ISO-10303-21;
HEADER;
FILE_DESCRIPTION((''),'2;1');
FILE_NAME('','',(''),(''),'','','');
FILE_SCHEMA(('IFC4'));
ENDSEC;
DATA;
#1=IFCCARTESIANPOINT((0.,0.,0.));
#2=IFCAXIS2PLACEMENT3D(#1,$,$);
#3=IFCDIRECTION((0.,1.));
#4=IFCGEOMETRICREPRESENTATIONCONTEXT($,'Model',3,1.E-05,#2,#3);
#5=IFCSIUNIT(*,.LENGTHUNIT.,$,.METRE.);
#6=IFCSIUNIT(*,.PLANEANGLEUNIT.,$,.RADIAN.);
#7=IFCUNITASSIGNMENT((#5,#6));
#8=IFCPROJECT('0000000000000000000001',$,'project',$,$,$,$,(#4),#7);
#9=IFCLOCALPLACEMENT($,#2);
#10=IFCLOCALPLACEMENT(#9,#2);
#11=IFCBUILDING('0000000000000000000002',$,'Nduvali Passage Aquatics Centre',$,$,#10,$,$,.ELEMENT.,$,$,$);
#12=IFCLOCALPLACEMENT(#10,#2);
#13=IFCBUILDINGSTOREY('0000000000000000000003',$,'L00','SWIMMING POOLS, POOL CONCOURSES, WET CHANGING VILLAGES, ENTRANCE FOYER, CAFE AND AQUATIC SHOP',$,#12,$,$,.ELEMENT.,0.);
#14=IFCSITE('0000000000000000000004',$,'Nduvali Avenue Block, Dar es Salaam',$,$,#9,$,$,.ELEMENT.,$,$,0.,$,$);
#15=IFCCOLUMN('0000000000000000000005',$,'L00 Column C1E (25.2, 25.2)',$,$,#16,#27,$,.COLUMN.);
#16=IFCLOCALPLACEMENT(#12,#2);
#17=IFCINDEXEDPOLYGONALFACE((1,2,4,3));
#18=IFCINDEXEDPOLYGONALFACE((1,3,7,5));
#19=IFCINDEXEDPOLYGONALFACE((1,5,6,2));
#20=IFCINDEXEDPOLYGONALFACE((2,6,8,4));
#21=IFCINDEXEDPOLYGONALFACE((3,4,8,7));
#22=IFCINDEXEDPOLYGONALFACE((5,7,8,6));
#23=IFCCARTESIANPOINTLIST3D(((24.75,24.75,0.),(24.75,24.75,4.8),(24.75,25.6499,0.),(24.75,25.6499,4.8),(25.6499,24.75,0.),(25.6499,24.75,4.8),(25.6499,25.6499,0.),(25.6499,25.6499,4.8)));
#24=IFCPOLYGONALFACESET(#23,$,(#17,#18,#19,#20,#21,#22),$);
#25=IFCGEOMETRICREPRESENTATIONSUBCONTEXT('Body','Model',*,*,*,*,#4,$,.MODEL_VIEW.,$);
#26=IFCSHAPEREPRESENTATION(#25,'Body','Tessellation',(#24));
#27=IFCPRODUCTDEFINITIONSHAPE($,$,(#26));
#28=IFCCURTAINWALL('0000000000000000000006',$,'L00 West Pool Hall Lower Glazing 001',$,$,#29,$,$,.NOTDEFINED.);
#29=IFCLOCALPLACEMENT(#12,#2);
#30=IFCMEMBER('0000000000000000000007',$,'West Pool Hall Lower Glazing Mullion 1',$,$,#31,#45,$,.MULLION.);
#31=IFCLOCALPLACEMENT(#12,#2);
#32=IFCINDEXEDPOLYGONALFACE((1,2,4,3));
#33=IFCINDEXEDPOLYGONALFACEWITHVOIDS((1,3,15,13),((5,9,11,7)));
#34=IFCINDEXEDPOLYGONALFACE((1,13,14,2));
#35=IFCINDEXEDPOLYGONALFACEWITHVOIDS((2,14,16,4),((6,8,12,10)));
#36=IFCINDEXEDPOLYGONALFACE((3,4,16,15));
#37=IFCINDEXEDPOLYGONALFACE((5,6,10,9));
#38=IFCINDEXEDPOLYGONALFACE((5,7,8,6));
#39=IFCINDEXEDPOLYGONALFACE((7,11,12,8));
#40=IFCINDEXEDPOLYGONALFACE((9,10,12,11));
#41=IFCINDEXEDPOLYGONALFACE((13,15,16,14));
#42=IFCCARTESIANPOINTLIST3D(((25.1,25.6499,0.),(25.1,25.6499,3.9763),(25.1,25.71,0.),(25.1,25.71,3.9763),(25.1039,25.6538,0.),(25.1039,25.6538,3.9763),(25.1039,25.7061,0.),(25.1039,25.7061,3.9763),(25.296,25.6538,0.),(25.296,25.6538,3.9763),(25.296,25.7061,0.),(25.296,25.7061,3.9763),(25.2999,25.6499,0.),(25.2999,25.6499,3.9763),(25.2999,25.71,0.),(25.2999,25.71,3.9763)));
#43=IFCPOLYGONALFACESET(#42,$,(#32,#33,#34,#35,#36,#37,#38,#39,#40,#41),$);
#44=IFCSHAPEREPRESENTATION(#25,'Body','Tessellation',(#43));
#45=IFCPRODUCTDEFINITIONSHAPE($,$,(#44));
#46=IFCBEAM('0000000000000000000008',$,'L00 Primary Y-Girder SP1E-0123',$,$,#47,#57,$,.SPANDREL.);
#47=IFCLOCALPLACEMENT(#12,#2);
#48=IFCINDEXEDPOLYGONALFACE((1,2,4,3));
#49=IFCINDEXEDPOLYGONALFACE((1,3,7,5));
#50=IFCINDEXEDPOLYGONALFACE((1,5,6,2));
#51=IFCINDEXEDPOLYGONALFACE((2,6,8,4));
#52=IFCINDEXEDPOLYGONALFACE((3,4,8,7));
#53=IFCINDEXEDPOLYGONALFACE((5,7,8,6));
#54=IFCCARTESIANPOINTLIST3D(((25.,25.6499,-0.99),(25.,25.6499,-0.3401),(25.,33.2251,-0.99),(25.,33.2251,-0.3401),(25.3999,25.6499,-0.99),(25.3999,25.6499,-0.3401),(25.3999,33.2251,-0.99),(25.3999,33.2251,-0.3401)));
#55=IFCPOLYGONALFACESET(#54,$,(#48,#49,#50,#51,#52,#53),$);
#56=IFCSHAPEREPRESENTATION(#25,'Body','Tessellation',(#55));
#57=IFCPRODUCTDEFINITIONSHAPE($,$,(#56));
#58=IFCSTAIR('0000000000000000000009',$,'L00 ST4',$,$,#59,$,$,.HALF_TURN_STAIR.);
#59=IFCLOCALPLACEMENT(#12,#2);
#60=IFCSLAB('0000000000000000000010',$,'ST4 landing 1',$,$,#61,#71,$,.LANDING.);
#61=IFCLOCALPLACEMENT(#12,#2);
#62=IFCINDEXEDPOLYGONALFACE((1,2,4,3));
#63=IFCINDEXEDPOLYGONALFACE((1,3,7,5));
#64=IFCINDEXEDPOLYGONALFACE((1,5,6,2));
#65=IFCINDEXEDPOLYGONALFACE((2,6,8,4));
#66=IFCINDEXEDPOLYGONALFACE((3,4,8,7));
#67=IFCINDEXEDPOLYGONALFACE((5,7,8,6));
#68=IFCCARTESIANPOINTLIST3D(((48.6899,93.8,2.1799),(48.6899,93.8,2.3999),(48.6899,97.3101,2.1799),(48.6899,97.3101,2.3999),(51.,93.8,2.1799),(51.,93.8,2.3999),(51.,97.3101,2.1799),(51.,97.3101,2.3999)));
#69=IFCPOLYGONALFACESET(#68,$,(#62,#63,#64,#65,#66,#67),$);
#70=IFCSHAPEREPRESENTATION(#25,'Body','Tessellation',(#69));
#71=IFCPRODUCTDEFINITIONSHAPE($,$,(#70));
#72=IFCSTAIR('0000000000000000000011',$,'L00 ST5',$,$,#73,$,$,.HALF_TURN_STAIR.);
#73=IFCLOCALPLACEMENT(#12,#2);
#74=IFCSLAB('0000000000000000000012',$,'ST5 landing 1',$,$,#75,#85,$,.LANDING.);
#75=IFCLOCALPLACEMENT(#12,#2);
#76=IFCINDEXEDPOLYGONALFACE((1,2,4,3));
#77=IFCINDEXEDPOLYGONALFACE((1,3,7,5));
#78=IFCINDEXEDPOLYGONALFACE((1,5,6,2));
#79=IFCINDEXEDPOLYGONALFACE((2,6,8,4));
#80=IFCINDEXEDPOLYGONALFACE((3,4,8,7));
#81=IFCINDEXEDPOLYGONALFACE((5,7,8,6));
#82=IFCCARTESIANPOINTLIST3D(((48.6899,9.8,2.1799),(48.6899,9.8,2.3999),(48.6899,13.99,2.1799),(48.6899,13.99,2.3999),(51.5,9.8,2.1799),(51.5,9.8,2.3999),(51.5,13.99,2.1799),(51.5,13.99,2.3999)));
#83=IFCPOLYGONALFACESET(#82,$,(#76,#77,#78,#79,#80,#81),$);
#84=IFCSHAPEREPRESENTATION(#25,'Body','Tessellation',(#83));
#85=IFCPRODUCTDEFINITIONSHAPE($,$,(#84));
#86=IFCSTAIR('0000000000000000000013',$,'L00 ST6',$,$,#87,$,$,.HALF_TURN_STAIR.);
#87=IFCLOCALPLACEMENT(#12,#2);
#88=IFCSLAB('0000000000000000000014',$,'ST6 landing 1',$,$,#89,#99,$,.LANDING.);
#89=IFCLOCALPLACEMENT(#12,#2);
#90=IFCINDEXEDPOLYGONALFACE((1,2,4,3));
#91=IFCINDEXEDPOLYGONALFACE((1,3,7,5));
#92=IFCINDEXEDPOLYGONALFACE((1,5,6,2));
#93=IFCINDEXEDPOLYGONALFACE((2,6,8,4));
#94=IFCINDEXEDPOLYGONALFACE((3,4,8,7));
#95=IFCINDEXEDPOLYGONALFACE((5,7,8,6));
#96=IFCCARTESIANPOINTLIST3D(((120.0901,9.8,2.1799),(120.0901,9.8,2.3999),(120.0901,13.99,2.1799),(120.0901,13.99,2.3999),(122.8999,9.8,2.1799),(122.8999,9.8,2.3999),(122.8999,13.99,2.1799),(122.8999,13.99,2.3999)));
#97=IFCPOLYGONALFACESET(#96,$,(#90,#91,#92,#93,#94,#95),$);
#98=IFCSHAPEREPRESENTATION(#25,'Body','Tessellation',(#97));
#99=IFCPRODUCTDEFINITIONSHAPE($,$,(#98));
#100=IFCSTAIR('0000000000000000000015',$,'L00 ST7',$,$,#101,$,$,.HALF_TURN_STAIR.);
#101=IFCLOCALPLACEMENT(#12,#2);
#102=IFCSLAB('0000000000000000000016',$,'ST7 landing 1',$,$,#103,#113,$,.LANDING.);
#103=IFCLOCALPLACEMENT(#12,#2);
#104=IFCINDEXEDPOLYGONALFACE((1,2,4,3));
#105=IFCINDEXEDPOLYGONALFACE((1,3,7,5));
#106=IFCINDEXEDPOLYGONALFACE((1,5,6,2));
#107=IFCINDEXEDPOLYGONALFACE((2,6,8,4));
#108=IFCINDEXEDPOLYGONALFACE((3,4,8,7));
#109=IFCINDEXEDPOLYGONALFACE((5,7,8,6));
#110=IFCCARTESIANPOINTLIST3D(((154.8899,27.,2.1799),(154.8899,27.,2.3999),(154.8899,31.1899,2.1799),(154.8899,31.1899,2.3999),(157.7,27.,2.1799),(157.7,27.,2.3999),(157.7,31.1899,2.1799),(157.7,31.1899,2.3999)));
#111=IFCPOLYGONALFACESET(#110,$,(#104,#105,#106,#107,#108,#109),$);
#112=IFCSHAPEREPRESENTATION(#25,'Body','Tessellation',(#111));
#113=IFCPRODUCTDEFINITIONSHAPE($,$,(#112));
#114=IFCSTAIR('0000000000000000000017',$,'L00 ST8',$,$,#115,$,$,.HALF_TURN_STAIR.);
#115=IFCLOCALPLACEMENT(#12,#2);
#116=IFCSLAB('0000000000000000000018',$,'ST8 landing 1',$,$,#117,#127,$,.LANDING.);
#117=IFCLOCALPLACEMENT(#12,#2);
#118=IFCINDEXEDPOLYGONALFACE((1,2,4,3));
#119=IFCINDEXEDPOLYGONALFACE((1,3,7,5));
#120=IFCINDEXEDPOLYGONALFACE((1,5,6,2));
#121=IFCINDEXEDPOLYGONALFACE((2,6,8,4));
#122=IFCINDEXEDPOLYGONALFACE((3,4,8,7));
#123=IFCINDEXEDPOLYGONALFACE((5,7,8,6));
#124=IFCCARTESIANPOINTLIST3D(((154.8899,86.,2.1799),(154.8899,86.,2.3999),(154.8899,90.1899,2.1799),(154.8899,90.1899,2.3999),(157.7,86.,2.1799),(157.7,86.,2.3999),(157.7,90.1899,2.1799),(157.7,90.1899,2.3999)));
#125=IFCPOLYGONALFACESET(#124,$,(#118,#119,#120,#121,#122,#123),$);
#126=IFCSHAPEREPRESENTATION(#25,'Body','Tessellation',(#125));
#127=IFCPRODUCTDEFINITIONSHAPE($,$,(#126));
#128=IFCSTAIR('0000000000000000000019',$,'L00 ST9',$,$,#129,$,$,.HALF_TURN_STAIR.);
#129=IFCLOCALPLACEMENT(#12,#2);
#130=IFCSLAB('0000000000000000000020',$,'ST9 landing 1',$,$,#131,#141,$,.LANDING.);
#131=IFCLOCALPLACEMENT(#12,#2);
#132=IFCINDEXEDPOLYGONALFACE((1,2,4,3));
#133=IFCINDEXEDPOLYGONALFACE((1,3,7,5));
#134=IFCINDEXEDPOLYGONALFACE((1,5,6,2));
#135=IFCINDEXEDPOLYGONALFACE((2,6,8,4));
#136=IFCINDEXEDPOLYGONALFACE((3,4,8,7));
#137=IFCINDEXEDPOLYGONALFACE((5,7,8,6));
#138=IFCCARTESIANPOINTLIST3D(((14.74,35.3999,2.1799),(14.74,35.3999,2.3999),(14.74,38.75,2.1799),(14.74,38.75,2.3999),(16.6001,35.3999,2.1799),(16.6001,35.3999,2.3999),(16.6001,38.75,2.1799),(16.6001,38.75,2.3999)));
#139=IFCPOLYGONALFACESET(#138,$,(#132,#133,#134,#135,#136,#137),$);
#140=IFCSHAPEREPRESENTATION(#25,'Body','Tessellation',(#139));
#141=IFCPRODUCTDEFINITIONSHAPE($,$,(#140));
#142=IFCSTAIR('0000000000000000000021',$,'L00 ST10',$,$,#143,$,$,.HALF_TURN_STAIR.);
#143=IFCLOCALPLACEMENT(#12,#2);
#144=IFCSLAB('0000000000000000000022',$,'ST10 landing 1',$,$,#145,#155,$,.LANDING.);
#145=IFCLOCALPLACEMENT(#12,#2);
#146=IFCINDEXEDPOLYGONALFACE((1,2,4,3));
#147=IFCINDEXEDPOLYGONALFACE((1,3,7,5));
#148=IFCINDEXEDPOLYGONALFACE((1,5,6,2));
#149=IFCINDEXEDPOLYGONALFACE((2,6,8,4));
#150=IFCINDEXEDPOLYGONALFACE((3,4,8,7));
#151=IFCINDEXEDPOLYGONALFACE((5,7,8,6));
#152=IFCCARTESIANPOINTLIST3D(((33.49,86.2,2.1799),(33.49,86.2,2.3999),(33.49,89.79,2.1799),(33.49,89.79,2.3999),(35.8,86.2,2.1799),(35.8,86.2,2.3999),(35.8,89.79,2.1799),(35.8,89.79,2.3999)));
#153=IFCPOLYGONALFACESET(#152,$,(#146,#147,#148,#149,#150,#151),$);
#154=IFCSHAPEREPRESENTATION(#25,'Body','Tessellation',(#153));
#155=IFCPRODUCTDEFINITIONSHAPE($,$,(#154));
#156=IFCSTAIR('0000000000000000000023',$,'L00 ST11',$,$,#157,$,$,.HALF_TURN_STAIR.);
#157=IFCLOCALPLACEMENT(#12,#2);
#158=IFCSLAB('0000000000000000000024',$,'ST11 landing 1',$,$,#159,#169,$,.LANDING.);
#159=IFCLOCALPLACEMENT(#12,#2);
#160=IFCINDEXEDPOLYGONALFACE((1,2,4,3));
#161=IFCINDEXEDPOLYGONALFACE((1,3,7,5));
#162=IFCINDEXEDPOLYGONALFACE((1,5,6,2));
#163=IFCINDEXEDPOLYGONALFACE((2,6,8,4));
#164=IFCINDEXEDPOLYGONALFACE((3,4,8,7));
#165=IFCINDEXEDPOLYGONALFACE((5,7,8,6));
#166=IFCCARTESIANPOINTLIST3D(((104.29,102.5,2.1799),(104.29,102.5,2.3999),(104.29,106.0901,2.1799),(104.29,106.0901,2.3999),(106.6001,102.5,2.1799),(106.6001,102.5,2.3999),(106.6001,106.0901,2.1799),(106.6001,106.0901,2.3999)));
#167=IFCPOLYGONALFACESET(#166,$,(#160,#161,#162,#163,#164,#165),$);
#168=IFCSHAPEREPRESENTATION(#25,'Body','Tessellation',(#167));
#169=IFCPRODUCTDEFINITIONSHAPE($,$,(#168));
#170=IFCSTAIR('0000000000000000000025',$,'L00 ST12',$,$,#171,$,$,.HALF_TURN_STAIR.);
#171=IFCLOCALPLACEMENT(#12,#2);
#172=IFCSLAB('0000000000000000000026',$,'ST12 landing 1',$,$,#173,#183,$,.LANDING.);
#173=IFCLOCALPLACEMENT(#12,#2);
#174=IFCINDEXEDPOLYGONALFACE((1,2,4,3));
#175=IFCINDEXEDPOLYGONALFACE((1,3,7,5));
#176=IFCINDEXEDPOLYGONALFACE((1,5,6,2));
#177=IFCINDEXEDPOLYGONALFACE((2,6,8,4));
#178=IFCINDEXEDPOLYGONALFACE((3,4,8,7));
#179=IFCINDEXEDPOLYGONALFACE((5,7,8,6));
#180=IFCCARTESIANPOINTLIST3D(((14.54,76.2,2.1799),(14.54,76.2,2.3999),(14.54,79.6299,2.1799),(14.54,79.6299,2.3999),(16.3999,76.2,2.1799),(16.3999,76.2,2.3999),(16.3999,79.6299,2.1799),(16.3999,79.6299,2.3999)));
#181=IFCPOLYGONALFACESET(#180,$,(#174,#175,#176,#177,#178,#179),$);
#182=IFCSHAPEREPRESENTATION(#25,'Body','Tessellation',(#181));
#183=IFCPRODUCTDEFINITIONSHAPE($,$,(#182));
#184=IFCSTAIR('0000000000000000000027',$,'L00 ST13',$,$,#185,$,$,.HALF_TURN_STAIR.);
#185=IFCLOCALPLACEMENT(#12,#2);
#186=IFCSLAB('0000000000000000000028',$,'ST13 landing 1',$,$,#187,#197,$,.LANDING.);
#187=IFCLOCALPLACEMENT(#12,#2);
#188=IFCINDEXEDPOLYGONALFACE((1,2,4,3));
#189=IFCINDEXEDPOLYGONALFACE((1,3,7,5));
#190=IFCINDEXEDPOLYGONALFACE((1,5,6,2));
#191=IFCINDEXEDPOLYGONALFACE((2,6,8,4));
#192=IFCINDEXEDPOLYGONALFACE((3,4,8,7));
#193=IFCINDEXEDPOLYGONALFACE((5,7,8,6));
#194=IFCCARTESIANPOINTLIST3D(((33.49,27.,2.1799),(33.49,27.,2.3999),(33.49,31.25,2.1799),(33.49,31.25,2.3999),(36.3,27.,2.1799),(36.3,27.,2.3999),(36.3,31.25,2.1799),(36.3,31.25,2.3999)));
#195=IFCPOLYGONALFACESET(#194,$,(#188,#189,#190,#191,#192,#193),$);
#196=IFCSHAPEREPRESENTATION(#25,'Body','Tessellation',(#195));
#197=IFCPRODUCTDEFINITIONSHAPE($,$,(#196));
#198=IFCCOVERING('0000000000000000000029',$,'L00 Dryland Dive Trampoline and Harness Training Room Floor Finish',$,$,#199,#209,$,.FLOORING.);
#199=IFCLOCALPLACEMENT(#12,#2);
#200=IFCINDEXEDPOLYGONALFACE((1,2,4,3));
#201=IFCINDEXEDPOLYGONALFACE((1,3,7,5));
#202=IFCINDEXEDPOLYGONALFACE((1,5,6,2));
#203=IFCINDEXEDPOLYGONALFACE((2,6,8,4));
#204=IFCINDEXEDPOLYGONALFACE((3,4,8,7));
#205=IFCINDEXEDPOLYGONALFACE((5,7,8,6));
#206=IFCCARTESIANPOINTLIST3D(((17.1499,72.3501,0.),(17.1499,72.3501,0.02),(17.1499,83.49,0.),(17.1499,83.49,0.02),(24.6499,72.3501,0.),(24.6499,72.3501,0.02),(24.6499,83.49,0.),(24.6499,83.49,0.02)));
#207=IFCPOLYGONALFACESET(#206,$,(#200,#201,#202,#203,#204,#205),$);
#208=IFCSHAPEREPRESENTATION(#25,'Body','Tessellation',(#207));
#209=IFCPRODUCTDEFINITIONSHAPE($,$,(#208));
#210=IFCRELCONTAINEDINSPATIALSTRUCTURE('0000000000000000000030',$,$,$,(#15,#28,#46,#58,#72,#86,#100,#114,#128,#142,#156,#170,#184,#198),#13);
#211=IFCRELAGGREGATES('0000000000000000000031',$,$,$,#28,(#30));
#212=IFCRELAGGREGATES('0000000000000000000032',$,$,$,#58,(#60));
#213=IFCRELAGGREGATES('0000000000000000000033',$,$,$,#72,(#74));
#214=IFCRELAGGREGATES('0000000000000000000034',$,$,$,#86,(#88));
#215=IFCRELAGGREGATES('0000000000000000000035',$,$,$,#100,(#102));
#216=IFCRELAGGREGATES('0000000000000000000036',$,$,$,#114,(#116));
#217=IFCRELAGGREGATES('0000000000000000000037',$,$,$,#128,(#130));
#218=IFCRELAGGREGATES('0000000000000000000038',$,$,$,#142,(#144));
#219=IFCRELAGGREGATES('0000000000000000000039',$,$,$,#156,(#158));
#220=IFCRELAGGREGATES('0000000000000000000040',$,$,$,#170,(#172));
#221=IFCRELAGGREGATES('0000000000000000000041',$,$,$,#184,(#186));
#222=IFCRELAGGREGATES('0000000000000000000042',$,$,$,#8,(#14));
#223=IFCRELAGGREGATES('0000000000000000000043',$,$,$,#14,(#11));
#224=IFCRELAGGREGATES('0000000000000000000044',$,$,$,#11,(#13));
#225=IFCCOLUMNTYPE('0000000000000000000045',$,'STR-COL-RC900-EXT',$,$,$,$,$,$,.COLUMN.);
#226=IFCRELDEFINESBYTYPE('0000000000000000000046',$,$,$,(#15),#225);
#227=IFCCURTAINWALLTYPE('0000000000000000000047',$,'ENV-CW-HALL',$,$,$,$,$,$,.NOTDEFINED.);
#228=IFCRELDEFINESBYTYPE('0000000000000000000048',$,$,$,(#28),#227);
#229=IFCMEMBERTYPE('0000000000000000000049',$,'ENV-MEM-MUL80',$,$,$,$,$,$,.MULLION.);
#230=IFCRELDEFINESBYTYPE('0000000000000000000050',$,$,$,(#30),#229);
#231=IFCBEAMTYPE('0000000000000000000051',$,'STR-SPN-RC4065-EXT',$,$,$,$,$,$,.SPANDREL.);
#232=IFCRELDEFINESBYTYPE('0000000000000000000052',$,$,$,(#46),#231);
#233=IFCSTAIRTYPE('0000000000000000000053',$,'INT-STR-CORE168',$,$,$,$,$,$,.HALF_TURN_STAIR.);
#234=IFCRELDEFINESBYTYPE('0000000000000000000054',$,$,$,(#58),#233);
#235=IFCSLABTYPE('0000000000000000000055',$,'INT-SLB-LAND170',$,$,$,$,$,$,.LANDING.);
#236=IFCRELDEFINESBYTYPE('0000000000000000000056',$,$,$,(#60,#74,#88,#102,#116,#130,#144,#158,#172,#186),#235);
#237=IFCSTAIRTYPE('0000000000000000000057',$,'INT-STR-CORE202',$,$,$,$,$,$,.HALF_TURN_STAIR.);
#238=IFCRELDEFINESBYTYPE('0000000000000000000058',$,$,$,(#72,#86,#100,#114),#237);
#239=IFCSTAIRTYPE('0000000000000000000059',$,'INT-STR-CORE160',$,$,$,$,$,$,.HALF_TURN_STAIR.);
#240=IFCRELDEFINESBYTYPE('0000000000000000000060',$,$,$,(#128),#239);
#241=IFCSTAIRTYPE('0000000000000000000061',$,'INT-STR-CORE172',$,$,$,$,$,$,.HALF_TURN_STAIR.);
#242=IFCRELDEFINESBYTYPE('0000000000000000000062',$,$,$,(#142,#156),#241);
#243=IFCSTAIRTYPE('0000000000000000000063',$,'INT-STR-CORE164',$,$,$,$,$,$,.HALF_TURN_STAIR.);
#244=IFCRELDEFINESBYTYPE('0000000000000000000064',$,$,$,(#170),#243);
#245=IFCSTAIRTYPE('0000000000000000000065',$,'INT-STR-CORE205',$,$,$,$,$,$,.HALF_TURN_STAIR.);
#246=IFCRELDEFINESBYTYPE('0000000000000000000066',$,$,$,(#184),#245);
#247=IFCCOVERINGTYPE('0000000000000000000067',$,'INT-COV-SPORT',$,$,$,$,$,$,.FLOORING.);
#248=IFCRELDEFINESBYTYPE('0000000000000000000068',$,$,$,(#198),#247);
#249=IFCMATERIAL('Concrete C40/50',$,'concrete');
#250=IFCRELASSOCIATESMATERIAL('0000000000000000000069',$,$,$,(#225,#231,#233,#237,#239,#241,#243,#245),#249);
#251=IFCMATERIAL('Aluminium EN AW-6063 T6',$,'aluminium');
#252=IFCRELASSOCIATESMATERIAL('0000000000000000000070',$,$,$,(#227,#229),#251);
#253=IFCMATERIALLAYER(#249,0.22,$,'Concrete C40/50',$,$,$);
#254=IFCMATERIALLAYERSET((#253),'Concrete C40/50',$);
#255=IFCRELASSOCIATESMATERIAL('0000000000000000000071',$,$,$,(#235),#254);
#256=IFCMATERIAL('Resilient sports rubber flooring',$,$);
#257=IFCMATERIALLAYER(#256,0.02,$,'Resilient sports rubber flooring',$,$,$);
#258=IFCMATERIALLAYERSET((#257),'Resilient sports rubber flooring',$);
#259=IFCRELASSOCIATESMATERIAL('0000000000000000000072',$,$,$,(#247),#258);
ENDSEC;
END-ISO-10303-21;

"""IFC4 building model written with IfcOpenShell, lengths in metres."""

from ifc_helpers import new_model, si_unit, direction, frame, origin, origin_2d, place, context, subcontext, project, spatial, polyline, rectangle, hollow_rectangle, outline, extrude, material, layer, layer_set, material_profile, profile_set, type_object, element, aggregate, save


model = new_model("IFC4")

# Units and contexts
model_context = context("Model", 3, precision=1e-05, world=origin(), true_north=direction((0.0, 1.0)))
body_context = subcontext(model_context, "Body", "Model", "MODEL_VIEW")
ifc_project = project(units=[si_unit("LENGTHUNIT", "METRE"), si_unit("PLANEANGLEUNIT", "RADIAN")], contexts=[model_context])

# Site, building, storey
site_placement = place(None, origin())
site = spatial("IfcSite", under=ifc_project, at=site_placement, Name="Nduvali Avenue Block, Dar es Salaam", CompositionType="ELEMENT", RefElevation=0.0)
building_placement = place(site_placement, origin())
building = spatial("IfcBuilding", under=site, at=building_placement, Name="Nduvali Passage Aquatics Centre", CompositionType="ELEMENT")
storey_placement = place(building_placement, origin())
storey = spatial("IfcBuildingStorey", under=building, at=storey_placement, Name="L00", Description="SWIMMING POOLS, POOL CONCOURSES, WET CHANGING VILLAGES, ENTRANCE FOYER, CAFE AND AQUATIC SHOP", CompositionType="ELEMENT", Elevation=0.0)

# Column
ifc_material_1 = material(Name="Concrete C40/50", Category="concrete")
ifc_material_profile_1 = material_profile(ifc_material_1, rectangle(XDim=0.8999, YDim=0.8999, at=origin_2d()), Name="RC 900x900")
ifc_profile_set_1 = profile_set([ifc_material_profile_1], Name="Concrete C40/50")
column_type = type_object("IfcColumnType", Name="STR-COL-RC900-EXT", PredefinedType="COLUMN", material=ifc_profile_set_1)
column_placement = place(storey_placement, frame((25.2, 25.2, 0.0), z_axis=(0.0, 0.0, 1.0), x_axis=(1.0, 0.0, 0.0)))
element("IfcColumn", 1, at=column_placement, inside=storey, type_object=column_type, Name="L00 Column C1E (25.2, 25.2)", PredefinedType="COLUMN", context=body_context, shape_type="SweptSolid", body=[
    extrude(rectangle(XDim=0.8999, YDim=0.8999, at=origin_2d()), origin(), (0.0, 0.0, 1.0), 4.8),
])

# Curtain wall, member
ifc_material_2 = material(Name="Aluminium EN AW-6063 T6", Category="aluminium")
curtain_wall_type = type_object("IfcCurtainWallType", Name="ENV-CW-HALL", PredefinedType="NOTDEFINED", material=ifc_material_2)
curtain_wall_placement = place(storey_placement, origin())
curtain_wall = element("IfcCurtainWall", 2, at=curtain_wall_placement, inside=storey, type_object=curtain_wall_type, Name="L00 West Pool Hall Lower Glazing 001", PredefinedType="NOTDEFINED")
ifc_material_profile_2 = material_profile(ifc_material_2, hollow_rectangle(XDim=0.0601, YDim=0.2, WallThickness=0.0039, at=origin_2d()), Name="ALU MULLION 60x200x4")
ifc_profile_set_2 = profile_set([ifc_material_profile_2], Name="Aluminium EN AW-6063 T6")
member_type = type_object("IfcMemberType", Name="ENV-MEM-MUL80", PredefinedType="MULLION", material=ifc_profile_set_2)
member_placement = place(storey_placement, frame((25.2, 25.6799, 0.0), z_axis=(0.0, 0.0, 1.0), x_axis=(0.0, 1.0, 0.0)))
member = element("IfcMember", 3, at=member_placement, type_object=member_type, Name="West Pool Hall Lower Glazing Mullion 1", PredefinedType="MULLION", context=body_context, shape_type="SweptSolid", body=[
    extrude(hollow_rectangle(XDim=0.0601, YDim=0.2, WallThickness=0.0039, at=origin_2d()), origin(), (0.0, 0.0, 1.0), 3.9763),
])
aggregate(curtain_wall, [member])

# Beam
ifc_material_profile_3 = material_profile(ifc_material_1, rectangle(XDim=0.3999, YDim=0.6499, at=origin_2d()), Name="RC 400x650")
ifc_profile_set_3 = profile_set([ifc_material_profile_3], Name="Concrete C40/50")
beam_type = type_object("IfcBeamType", Name="STR-SPN-RC4065-EXT", PredefinedType="SPANDREL", material=ifc_profile_set_3)
beam_placement = place(storey_placement, frame((25.2, 25.6499, -0.665), z_axis=(0.0, 1.0, 0.0), x_axis=(-1.0, 0.0, 0.0)))
element("IfcBeam", 4, at=beam_placement, inside=storey, type_object=beam_type, Name="L00 Primary Y-Girder SP1E-0123", PredefinedType="SPANDREL", context=body_context, shape_type="SweptSolid", body=[
    extrude(rectangle(XDim=0.3999, YDim=0.6499, at=origin_2d()), origin(), (0.0, 0.0, 1.0), 7.5752),
])

# Stairs, slabs
stair_type_1 = type_object("IfcStairType", Name="INT-STR-CORE168", PredefinedType="HALF_TURN_STAIR", material=ifc_material_1)
stair_1_placement = place(storey_placement, origin())
stair_1 = element("IfcStair", 5, at=stair_1_placement, inside=storey, type_object=stair_type_1, Name="L00 ST4", PredefinedType="HALF_TURN_STAIR")
ifc_layer_1 = layer(ifc_material_1, 0.22, Name="Concrete C40/50")
ifc_layer_set_1 = layer_set([ifc_layer_1], Name="Concrete C40/50")
slab_type = type_object("IfcSlabType", Name="INT-SLB-LAND170", PredefinedType="LANDING", material=ifc_layer_set_1)
slab_1_placement = place(storey_placement, frame((0.0, 0.0, 2.1799)))
slab_1 = element("IfcSlab", 6, at=slab_1_placement, type_object=slab_type, Name="ST4 landing 1", PredefinedType="LANDING", context=body_context, shape_type="SweptSolid", body=[
    extrude(outline(polyline([(48.6899, 93.8), (51.0, 93.8), (51.0, 97.3101), (48.6899, 97.3101), (48.6899, 93.8)])), origin(), (0.0, 0.0, 1.0), 0.22),
])
aggregate(stair_1, [slab_1])
stair_type_2 = type_object("IfcStairType", Name="INT-STR-CORE202", PredefinedType="HALF_TURN_STAIR", material=ifc_material_1)
stair_2_placement = place(storey_placement, origin())
stair_2 = element("IfcStair", 7, at=stair_2_placement, inside=storey, type_object=stair_type_2, Name="L00 ST5", PredefinedType="HALF_TURN_STAIR")
slab_2_placement = place(storey_placement, frame((0.0, 0.0, 2.1799)))
slab_2 = element("IfcSlab", 8, at=slab_2_placement, type_object=slab_type, Name="ST5 landing 1", PredefinedType="LANDING", context=body_context, shape_type="SweptSolid", body=[
    extrude(outline(polyline([(48.6899, 9.8), (51.5, 9.8), (51.5, 13.99), (48.6899, 13.99), (48.6899, 9.8)])), origin(), (0.0, 0.0, 1.0), 0.22),
])
aggregate(stair_2, [slab_2])
stair_3_placement = place(storey_placement, origin())
stair_3 = element("IfcStair", 9, at=stair_3_placement, inside=storey, type_object=stair_type_2, Name="L00 ST6", PredefinedType="HALF_TURN_STAIR")
slab_3_placement = place(storey_placement, frame((0.0, 0.0, 2.1799)))
slab_3 = element("IfcSlab", 10, at=slab_3_placement, type_object=slab_type, Name="ST6 landing 1", PredefinedType="LANDING", context=body_context, shape_type="SweptSolid", body=[
    extrude(outline(polyline([(120.0901, 9.8), (122.8999, 9.8), (122.8999, 13.99), (120.0901, 13.99), (120.0901, 9.8)])), origin(), (0.0, 0.0, 1.0), 0.22),
])
aggregate(stair_3, [slab_3])
stair_4_placement = place(storey_placement, origin())
stair_4 = element("IfcStair", 11, at=stair_4_placement, inside=storey, type_object=stair_type_2, Name="L00 ST7", PredefinedType="HALF_TURN_STAIR")
slab_4_placement = place(storey_placement, frame((0.0, 0.0, 2.1799)))
slab_4 = element("IfcSlab", 12, at=slab_4_placement, type_object=slab_type, Name="ST7 landing 1", PredefinedType="LANDING", context=body_context, shape_type="SweptSolid", body=[
    extrude(outline(polyline([(154.8899, 27.0), (157.7, 27.0), (157.7, 31.1899), (154.8899, 31.1899), (154.8899, 27.0)])), origin(), (0.0, 0.0, 1.0), 0.22),
])
aggregate(stair_4, [slab_4])
stair_5_placement = place(storey_placement, origin())
stair_5 = element("IfcStair", 13, at=stair_5_placement, inside=storey, type_object=stair_type_2, Name="L00 ST8", PredefinedType="HALF_TURN_STAIR")
slab_5_placement = place(storey_placement, frame((0.0, 0.0, 2.1799)))
slab_5 = element("IfcSlab", 14, at=slab_5_placement, type_object=slab_type, Name="ST8 landing 1", PredefinedType="LANDING", context=body_context, shape_type="SweptSolid", body=[
    extrude(outline(polyline([(154.8899, 86.0), (157.7, 86.0), (157.7, 90.1899), (154.8899, 90.1899), (154.8899, 86.0)])), origin(), (0.0, 0.0, 1.0), 0.22),
])
aggregate(stair_5, [slab_5])
stair_type_3 = type_object("IfcStairType", Name="INT-STR-CORE160", PredefinedType="HALF_TURN_STAIR", material=ifc_material_1)
stair_6_placement = place(storey_placement, origin())
stair_6 = element("IfcStair", 15, at=stair_6_placement, inside=storey, type_object=stair_type_3, Name="L00 ST9", PredefinedType="HALF_TURN_STAIR")
slab_6_placement = place(storey_placement, frame((0.0, 0.0, 2.1799)))
slab_6 = element("IfcSlab", 16, at=slab_6_placement, type_object=slab_type, Name="ST9 landing 1", PredefinedType="LANDING", context=body_context, shape_type="SweptSolid", body=[
    extrude(outline(polyline([(14.74, 35.3999), (16.6001, 35.3999), (16.6001, 38.75), (14.74, 38.75), (14.74, 35.3999)])), origin(), (0.0, 0.0, 1.0), 0.22),
])
aggregate(stair_6, [slab_6])
stair_type_4 = type_object("IfcStairType", Name="INT-STR-CORE172", PredefinedType="HALF_TURN_STAIR", material=ifc_material_1)
stair_7_placement = place(storey_placement, origin())
stair_7 = element("IfcStair", 17, at=stair_7_placement, inside=storey, type_object=stair_type_4, Name="L00 ST10", PredefinedType="HALF_TURN_STAIR")
slab_7_placement = place(storey_placement, frame((0.0, 0.0, 2.1799)))
slab_7 = element("IfcSlab", 18, at=slab_7_placement, type_object=slab_type, Name="ST10 landing 1", PredefinedType="LANDING", context=body_context, shape_type="SweptSolid", body=[
    extrude(outline(polyline([(33.49, 86.2), (35.8, 86.2), (35.8, 89.79), (33.49, 89.79), (33.49, 86.2)])), origin(), (0.0, 0.0, 1.0), 0.22),
])
aggregate(stair_7, [slab_7])
stair_8_placement = place(storey_placement, origin())
stair_8 = element("IfcStair", 19, at=stair_8_placement, inside=storey, type_object=stair_type_4, Name="L00 ST11", PredefinedType="HALF_TURN_STAIR")
slab_8_placement = place(storey_placement, frame((0.0, 0.0, 2.1799)))
slab_8 = element("IfcSlab", 20, at=slab_8_placement, type_object=slab_type, Name="ST11 landing 1", PredefinedType="LANDING", context=body_context, shape_type="SweptSolid", body=[
    extrude(outline(polyline([(104.29, 102.5), (106.6001, 102.5), (106.6001, 106.0901), (104.29, 106.0901), (104.29, 102.5)])), origin(), (0.0, 0.0, 1.0), 0.22),
])
aggregate(stair_8, [slab_8])
stair_type_5 = type_object("IfcStairType", Name="INT-STR-CORE164", PredefinedType="HALF_TURN_STAIR", material=ifc_material_1)
stair_9_placement = place(storey_placement, origin())
stair_9 = element("IfcStair", 21, at=stair_9_placement, inside=storey, type_object=stair_type_5, Name="L00 ST12", PredefinedType="HALF_TURN_STAIR")
slab_9_placement = place(storey_placement, frame((0.0, 0.0, 2.1799)))
slab_9 = element("IfcSlab", 22, at=slab_9_placement, type_object=slab_type, Name="ST12 landing 1", PredefinedType="LANDING", context=body_context, shape_type="SweptSolid", body=[
    extrude(outline(polyline([(14.54, 76.2), (16.3999, 76.2), (16.3999, 79.6299), (14.54, 79.6299), (14.54, 76.2)])), origin(), (0.0, 0.0, 1.0), 0.22),
])
aggregate(stair_9, [slab_9])
stair_type_6 = type_object("IfcStairType", Name="INT-STR-CORE205", PredefinedType="HALF_TURN_STAIR", material=ifc_material_1)
stair_10_placement = place(storey_placement, origin())
stair_10 = element("IfcStair", 23, at=stair_10_placement, inside=storey, type_object=stair_type_6, Name="L00 ST13", PredefinedType="HALF_TURN_STAIR")
slab_10_placement = place(storey_placement, frame((0.0, 0.0, 2.1799)))
slab_10 = element("IfcSlab", 24, at=slab_10_placement, type_object=slab_type, Name="ST13 landing 1", PredefinedType="LANDING", context=body_context, shape_type="SweptSolid", body=[
    extrude(outline(polyline([(33.49, 27.0), (36.3, 27.0), (36.3, 31.25), (33.49, 31.25), (33.49, 27.0)])), origin(), (0.0, 0.0, 1.0), 0.22),
])
aggregate(stair_10, [slab_10])

# Covering
ifc_material_3 = material(Name="Resilient sports rubber flooring")
ifc_layer_2 = layer(ifc_material_3, 0.02, Name="Resilient sports rubber flooring")
ifc_layer_set_2 = layer_set([ifc_layer_2], Name="Resilient sports rubber flooring")
covering_type_1 = type_object("IfcCoveringType", Name="INT-COV-SPORT", PredefinedType="FLOORING", material=ifc_layer_set_2)
covering_1_placement = place(storey_placement, origin())
element("IfcCovering", 25, at=covering_1_placement, inside=storey, type_object=covering_type_1, Name="L00 Dryland Dive Trampoline and Harness Training Room Floor Finish", PredefinedType="FLOORING", context=body_context, shape_type="SweptSolid", body=[
    extrude(outline(polyline([(17.1499, 72.3501), (24.6499, 72.3501), (24.6499, 83.49), (17.1499, 83.49), (17.1499, 72.3501)])), origin(), (0.0, 0.0, 1.0), 0.02),
])

save(model, "model.ifc")
